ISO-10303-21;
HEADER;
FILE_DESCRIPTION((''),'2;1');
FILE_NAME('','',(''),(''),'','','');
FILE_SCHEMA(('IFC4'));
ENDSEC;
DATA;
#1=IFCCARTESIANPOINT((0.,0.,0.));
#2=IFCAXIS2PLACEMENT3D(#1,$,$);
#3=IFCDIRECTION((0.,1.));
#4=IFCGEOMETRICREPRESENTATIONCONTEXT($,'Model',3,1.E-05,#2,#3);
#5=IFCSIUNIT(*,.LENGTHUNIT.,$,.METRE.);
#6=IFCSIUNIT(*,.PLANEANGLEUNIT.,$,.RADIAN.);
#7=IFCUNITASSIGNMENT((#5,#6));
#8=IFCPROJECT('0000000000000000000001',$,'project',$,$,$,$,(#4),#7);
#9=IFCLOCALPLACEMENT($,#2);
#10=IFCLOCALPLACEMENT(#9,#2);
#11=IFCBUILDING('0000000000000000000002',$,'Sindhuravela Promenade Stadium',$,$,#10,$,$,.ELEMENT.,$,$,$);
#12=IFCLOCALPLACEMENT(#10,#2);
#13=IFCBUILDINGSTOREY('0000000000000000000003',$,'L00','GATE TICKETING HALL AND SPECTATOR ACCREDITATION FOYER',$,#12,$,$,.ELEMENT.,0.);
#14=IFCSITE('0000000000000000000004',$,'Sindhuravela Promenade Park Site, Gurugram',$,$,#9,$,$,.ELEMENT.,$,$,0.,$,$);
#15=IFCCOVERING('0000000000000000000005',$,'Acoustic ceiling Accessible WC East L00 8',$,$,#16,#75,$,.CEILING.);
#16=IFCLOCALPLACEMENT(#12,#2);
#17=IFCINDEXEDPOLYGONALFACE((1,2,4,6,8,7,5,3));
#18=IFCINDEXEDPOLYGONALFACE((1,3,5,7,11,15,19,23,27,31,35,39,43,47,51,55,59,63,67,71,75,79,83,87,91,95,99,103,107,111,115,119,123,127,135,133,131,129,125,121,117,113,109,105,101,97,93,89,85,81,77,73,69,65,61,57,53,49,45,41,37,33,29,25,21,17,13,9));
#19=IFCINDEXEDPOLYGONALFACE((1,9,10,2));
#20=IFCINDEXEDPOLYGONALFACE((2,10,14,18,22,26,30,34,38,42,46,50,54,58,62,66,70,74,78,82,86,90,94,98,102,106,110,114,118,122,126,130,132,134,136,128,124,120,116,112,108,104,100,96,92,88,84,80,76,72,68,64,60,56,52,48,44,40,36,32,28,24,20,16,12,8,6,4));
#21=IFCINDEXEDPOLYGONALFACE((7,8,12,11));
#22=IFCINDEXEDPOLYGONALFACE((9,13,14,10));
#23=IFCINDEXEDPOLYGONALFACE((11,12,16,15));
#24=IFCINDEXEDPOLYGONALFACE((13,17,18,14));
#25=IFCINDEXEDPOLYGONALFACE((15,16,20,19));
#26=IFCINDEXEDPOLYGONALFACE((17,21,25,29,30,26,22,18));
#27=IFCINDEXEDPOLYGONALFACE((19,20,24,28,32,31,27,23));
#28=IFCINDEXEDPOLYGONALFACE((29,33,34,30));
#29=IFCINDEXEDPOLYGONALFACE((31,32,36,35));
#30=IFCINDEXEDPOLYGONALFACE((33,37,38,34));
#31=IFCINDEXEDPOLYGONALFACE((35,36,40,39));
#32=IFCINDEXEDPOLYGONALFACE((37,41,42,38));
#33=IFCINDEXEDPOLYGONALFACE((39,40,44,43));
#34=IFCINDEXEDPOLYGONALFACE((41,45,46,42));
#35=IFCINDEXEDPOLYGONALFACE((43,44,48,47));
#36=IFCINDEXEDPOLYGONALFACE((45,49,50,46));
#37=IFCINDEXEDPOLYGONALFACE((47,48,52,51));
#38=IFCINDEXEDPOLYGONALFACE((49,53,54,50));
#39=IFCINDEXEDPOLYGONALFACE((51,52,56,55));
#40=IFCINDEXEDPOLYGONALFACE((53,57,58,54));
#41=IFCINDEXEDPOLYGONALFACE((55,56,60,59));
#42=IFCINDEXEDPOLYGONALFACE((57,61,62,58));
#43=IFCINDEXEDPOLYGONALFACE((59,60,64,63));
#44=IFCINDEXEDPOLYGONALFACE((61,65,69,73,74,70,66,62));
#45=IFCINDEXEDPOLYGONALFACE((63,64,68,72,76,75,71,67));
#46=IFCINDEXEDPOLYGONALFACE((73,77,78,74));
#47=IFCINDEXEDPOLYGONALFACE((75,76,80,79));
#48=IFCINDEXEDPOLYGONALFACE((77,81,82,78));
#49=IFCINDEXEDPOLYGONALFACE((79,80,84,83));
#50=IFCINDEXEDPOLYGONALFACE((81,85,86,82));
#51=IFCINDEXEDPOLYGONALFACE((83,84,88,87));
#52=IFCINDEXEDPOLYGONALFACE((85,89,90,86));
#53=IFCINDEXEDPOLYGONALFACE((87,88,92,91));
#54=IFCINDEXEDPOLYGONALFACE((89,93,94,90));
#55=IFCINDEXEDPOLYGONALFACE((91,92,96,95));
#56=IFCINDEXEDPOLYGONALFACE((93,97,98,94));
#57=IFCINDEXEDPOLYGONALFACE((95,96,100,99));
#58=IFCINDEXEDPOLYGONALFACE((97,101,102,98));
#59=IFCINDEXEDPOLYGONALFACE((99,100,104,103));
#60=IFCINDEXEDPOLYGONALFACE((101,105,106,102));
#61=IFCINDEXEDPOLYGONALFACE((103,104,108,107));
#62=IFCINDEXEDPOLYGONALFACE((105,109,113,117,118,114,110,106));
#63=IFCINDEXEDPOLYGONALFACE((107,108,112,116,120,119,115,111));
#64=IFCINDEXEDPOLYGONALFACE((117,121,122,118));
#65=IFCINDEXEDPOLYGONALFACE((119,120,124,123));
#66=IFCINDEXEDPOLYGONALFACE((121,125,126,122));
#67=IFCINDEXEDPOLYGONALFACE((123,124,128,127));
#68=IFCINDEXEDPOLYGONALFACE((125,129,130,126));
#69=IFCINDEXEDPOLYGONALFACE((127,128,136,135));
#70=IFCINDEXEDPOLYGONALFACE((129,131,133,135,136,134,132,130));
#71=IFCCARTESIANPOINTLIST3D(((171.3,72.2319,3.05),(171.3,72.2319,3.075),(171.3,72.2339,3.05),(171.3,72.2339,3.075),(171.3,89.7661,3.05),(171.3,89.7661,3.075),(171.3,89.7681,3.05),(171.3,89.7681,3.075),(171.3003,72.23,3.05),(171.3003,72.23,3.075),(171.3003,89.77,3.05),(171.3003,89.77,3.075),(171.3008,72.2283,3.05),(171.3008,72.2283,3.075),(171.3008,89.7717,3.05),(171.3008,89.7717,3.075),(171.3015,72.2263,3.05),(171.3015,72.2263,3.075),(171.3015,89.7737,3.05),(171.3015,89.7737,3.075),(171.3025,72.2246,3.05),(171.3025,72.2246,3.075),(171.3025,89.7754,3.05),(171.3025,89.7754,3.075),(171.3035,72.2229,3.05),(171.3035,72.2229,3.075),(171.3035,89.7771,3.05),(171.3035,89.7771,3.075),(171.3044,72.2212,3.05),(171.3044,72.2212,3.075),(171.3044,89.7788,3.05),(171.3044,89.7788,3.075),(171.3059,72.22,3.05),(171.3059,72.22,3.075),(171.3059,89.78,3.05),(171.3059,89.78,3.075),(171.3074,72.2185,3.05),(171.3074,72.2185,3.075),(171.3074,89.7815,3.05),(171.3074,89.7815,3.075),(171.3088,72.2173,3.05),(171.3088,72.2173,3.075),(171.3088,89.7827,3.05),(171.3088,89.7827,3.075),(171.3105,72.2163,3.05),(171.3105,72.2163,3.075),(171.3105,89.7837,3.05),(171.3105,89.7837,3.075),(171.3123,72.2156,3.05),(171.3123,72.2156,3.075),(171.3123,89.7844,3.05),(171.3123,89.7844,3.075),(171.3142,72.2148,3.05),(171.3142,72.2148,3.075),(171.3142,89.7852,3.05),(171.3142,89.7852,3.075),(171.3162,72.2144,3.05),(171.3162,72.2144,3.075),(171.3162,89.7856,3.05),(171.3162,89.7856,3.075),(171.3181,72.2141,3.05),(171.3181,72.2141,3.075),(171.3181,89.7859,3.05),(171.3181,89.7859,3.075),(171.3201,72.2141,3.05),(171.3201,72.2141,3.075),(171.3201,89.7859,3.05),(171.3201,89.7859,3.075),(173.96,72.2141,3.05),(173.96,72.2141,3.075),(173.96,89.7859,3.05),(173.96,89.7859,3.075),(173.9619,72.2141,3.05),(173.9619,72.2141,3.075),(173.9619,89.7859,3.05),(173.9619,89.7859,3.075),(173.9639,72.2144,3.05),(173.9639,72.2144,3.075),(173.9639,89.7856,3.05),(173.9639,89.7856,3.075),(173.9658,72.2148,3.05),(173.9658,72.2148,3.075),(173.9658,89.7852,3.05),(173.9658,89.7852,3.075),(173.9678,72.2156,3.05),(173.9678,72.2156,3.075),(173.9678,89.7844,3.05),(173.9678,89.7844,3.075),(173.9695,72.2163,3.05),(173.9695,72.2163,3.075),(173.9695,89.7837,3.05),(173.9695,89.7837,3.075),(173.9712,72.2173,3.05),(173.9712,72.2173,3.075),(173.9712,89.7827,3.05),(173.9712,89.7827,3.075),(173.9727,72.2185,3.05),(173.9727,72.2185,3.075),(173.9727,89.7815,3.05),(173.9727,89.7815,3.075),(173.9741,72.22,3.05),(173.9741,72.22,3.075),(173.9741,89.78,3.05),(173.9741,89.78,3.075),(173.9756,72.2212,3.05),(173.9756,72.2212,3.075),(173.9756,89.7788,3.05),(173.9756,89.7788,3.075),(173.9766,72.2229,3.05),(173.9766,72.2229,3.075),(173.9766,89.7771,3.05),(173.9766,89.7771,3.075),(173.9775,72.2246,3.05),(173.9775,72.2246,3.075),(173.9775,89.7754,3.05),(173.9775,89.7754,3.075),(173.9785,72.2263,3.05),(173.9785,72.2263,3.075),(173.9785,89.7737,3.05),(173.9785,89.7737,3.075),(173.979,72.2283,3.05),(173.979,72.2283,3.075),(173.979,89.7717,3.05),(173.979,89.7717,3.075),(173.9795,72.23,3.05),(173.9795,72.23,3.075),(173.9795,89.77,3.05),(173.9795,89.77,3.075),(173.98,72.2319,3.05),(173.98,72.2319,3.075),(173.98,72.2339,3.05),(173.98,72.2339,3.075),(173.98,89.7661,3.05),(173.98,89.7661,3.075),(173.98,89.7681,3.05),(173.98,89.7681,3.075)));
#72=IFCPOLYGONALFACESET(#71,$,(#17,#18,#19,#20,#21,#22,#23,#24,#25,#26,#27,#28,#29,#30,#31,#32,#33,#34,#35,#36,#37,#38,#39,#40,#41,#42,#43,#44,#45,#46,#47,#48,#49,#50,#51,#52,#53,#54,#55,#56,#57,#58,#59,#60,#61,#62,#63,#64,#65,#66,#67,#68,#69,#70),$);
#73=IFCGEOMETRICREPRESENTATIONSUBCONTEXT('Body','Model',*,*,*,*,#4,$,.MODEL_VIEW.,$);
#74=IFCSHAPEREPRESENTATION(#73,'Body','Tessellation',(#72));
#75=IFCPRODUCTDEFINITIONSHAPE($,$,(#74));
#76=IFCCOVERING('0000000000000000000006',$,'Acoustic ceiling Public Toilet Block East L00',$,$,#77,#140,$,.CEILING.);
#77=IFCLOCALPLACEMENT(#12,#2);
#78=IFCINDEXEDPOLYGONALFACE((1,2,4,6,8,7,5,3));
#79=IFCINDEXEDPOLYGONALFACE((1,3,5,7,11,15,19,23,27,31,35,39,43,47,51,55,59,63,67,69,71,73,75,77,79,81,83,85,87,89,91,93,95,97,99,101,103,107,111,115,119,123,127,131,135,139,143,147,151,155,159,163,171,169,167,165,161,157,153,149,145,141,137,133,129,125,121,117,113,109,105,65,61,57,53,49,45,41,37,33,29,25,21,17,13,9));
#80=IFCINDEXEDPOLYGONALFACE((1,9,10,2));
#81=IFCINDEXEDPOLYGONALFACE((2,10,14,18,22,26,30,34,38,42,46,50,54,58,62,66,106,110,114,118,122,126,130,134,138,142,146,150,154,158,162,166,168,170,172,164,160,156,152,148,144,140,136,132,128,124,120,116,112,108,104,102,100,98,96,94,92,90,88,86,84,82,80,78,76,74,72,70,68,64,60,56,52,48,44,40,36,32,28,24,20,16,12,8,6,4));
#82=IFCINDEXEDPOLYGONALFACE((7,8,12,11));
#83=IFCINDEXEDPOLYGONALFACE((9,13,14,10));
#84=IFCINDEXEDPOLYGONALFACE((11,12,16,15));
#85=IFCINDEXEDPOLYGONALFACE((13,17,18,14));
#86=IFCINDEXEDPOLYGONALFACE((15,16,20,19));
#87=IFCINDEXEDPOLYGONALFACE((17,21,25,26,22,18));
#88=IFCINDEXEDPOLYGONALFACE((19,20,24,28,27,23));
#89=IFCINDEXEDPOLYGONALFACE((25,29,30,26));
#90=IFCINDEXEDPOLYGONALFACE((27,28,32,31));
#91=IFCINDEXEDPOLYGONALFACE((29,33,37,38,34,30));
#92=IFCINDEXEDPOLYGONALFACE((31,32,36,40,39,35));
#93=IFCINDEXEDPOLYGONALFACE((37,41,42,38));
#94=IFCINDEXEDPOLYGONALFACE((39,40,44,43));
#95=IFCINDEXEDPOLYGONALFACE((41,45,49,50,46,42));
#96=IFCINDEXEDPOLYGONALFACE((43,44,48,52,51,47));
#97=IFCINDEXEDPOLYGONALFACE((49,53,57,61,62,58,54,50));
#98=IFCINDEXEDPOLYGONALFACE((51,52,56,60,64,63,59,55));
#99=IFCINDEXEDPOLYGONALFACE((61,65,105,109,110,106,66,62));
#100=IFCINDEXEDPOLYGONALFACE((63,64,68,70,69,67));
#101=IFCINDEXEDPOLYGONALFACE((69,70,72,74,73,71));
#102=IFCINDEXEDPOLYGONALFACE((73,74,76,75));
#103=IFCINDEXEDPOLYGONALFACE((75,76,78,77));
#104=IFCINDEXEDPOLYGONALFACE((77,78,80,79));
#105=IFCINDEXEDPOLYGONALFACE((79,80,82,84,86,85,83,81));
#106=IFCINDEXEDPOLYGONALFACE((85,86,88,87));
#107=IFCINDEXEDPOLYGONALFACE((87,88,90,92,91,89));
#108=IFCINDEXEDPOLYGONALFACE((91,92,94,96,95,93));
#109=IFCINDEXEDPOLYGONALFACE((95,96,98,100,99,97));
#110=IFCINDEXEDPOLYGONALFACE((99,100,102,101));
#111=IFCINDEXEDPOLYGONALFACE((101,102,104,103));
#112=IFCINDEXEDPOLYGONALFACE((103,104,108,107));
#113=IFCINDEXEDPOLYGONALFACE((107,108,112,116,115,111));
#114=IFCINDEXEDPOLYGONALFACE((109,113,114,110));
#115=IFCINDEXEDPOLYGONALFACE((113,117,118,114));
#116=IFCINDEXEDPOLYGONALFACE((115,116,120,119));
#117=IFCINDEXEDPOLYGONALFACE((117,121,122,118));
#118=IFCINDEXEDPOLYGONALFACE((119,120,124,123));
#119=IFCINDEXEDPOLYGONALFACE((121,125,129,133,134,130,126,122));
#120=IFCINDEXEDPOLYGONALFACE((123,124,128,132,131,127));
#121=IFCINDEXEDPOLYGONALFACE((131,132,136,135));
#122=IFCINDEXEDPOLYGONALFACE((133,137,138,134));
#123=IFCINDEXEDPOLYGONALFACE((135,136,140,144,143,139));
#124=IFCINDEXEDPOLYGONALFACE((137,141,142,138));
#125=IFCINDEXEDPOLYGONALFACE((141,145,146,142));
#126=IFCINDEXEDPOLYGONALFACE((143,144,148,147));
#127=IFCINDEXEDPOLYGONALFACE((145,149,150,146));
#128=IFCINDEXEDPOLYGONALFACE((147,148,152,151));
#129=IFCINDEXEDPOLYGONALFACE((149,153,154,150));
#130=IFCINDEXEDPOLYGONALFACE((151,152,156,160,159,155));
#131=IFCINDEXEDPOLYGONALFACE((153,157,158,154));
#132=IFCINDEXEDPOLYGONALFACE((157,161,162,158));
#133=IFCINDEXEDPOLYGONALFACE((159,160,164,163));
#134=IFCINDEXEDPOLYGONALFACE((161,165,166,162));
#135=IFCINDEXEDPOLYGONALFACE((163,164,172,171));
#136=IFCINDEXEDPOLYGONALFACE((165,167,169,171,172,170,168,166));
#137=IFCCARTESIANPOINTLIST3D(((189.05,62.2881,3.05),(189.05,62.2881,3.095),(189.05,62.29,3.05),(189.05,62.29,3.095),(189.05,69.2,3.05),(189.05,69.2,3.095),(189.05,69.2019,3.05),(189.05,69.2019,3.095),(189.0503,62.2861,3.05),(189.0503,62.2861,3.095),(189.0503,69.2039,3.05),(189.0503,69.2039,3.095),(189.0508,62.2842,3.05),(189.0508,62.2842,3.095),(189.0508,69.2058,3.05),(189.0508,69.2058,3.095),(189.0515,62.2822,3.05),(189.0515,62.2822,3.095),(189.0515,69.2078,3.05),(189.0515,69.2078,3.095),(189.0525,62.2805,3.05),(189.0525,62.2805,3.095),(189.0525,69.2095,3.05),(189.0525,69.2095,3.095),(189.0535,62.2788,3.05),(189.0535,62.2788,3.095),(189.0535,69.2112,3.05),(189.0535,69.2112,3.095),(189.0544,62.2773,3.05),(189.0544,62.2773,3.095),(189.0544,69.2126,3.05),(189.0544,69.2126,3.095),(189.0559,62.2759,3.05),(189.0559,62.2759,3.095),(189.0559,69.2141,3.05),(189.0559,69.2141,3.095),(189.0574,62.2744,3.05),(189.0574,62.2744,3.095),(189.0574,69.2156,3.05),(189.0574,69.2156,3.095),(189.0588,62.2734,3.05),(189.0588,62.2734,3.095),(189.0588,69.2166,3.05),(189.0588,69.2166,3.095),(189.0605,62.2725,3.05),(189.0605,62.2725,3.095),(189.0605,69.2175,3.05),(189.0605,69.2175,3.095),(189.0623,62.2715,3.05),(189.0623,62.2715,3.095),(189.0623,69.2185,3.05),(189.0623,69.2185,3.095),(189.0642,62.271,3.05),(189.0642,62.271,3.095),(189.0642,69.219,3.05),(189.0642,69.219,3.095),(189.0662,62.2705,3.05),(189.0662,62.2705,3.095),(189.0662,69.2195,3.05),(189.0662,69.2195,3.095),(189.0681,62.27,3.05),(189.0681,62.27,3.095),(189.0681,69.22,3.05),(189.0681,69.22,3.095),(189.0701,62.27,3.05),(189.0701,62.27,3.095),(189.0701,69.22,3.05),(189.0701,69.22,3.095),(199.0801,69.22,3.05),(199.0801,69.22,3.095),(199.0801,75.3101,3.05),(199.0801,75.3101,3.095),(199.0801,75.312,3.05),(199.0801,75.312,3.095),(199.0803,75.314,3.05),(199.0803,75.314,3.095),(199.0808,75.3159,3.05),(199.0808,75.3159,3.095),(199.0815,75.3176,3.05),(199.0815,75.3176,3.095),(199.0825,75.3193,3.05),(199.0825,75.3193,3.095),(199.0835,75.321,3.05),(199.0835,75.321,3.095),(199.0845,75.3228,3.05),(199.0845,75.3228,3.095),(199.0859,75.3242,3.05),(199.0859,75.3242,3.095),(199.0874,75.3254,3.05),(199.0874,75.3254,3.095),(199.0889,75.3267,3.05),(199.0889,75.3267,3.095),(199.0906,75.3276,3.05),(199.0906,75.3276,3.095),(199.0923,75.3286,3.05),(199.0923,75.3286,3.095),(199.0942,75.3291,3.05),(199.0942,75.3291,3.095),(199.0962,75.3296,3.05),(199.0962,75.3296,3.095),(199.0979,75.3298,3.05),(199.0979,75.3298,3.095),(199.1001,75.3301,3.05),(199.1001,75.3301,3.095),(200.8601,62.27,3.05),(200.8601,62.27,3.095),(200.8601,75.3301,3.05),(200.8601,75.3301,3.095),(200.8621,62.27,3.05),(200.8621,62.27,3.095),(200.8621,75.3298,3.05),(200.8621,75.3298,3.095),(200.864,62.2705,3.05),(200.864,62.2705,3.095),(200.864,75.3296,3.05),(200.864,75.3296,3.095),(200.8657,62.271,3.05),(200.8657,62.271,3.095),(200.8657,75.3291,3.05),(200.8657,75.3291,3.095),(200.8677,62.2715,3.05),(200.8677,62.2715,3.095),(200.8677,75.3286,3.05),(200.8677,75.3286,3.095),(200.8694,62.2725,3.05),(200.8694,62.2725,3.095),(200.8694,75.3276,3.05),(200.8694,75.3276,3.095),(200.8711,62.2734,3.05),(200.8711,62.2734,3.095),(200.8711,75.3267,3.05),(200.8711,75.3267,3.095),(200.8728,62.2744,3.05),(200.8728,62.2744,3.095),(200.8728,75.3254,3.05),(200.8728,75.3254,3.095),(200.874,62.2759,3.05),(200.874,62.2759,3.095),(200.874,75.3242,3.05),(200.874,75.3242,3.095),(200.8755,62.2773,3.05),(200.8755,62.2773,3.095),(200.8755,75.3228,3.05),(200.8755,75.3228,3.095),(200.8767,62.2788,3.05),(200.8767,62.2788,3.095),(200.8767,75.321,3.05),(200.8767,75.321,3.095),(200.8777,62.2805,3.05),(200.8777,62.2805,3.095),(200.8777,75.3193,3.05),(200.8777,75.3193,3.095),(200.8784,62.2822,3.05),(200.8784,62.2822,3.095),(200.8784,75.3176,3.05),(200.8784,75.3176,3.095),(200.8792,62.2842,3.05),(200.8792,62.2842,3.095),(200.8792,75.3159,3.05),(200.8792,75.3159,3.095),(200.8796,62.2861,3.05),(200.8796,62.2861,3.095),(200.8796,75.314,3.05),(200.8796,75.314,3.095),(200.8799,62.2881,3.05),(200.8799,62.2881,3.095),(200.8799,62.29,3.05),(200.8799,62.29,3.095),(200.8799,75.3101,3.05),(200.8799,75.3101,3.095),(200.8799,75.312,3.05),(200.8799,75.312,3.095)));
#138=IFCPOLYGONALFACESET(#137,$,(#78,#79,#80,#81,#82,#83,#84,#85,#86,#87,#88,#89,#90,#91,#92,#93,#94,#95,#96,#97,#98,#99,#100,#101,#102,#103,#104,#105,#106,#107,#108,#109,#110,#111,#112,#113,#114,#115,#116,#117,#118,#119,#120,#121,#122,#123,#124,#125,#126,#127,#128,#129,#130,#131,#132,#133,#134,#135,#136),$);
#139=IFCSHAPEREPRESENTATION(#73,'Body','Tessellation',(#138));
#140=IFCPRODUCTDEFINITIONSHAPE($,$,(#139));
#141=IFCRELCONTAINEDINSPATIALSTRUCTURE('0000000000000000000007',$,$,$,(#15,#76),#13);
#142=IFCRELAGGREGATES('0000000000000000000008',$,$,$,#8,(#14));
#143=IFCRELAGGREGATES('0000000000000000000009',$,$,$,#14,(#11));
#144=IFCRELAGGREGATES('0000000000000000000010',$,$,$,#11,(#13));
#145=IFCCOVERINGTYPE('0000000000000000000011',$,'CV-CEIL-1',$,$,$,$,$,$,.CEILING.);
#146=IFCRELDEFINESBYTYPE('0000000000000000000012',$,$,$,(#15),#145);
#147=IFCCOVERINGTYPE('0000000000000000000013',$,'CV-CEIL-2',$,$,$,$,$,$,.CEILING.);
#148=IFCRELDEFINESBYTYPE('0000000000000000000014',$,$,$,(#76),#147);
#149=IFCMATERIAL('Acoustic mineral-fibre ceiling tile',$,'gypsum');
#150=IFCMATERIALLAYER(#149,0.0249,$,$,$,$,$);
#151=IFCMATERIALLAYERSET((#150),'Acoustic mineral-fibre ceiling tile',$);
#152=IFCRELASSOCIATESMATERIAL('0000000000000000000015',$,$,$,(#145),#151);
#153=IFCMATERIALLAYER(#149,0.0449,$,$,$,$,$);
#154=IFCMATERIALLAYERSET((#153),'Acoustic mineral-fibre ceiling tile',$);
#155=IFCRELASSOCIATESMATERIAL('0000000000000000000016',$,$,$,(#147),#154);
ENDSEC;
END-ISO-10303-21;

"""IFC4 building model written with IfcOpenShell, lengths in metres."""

from ifc_helpers import new_model, si_unit, direction, frame, origin, place, context, subcontext, project, spatial, polyline, outline, extrude, material, layer, layer_set, type_object, element, save


model = new_model("IFC4")

# Units and contexts
model_context = context("Model", 3, precision=1e-05, world=origin(), true_north=direction((0.0, 1.0)))
body_context = subcontext(model_context, "Body", "Model", "MODEL_VIEW")
ifc_project = project(units=[si_unit("LENGTHUNIT", "METRE"), si_unit("PLANEANGLEUNIT", "RADIAN")], contexts=[model_context])

# Site, building, storey
site_placement = place(None, origin())
site = spatial("IfcSite", under=ifc_project, at=site_placement, Name="Sindhuravela Promenade Park Site, Gurugram", CompositionType="ELEMENT", RefElevation=0.0)
building_placement = place(site_placement, origin())
building = spatial("IfcBuilding", under=site, at=building_placement, Name="Sindhuravela Promenade Stadium", CompositionType="ELEMENT")
storey_placement = place(building_placement, origin())
storey = spatial("IfcBuildingStorey", under=building, at=storey_placement, Name="L00", Description="GATE TICKETING HALL AND SPECTATOR ACCREDITATION FOYER", CompositionType="ELEMENT", Elevation=0.0)

# Coverings
ifc_material_1 = material(Name="Acoustic mineral-fibre ceiling tile", Category="gypsum")
ifc_layer_1 = layer(ifc_material_1, 0.0249)
ifc_layer_set_1 = layer_set([ifc_layer_1], Name="Acoustic mineral-fibre ceiling tile")
covering_type_1 = type_object("IfcCoveringType", Name="CV-CEIL-1", PredefinedType="CEILING", material=ifc_layer_set_1)
covering_1_placement = place(storey_placement, frame((0.0, 0.0, 3.05)))
element("IfcCovering", 1, at=covering_1_placement, inside=storey, type_object=covering_type_1, Name="Acoustic ceiling Accessible WC East L00 8", PredefinedType="CEILING", context=body_context, shape_type="SweptSolid", body=[
    extrude(outline(polyline([(173.98, 72.2339), (173.98, 72.2319), (173.9795, 72.23), (173.979, 72.2283), (173.9785, 72.2263), (173.9775, 72.2246), (173.9766, 72.2229), (173.9756, 72.2212), (173.9741, 72.22), (173.9727, 72.2185), (173.9712, 72.2173), (173.9695, 72.2163), (173.9678, 72.2156), (173.9658, 72.2148), (173.9639, 72.2144), (173.9619, 72.2141), (173.96, 72.2141), (171.3201, 72.2141), (171.3181, 72.2141), (171.3162, 72.2144), (171.3142, 72.2148), (171.3123, 72.2156), (171.3105, 72.2163), (171.3088, 72.2173), (171.3074, 72.2185), (171.3059, 72.22), (171.3044, 72.2212), (171.3035, 72.2229), (171.3025, 72.2246), (171.3015, 72.2263), (171.3008, 72.2283), (171.3003, 72.23), (171.3, 72.2319), (171.3, 72.2339), (171.3, 89.7661), (171.3, 89.7681), (171.3003, 89.77), (171.3008, 89.7717), (171.3015, 89.7737), (171.3025, 89.7754), (171.3035, 89.7771), (171.3044, 89.7788), (171.3059, 89.78), (171.3074, 89.7815), (171.3088, 89.7827), (171.3105, 89.7837), (171.3123, 89.7844), (171.3142, 89.7852), (171.3162, 89.7856), (171.3181, 89.7859), (171.3201, 89.7859), (173.96, 89.7859), (173.9619, 89.7859), (173.9639, 89.7856), (173.9658, 89.7852), (173.9678, 89.7844), (173.9695, 89.7837), (173.9712, 89.7827), (173.9727, 89.7815), (173.9741, 89.78), (173.9756, 89.7788), (173.9766, 89.7771), (173.9775, 89.7754), (173.9785, 89.7737), (173.979, 89.7717), (173.9795, 89.77), (173.98, 89.7681), (173.98, 89.7661), (173.98, 72.2339)])), origin(), (0.0, 0.0, 1.0), 0.0249),
])
ifc_layer_2 = layer(ifc_material_1, 0.0449)
ifc_layer_set_2 = layer_set([ifc_layer_2], Name="Acoustic mineral-fibre ceiling tile")
covering_type_2 = type_object("IfcCoveringType", Name="CV-CEIL-2", PredefinedType="CEILING", material=ifc_layer_set_2)
covering_2_placement = place(storey_placement, frame((0.0, 0.0, 3.05)))
element("IfcCovering", 2, at=covering_2_placement, inside=storey, type_object=covering_type_2, Name="Acoustic ceiling Public Toilet Block East L00", PredefinedType="CEILING", context=body_context, shape_type="SweptSolid", body=[
    extrude(outline(polyline([(199.0801, 75.3101), (199.0801, 75.312), (199.0803, 75.314), (199.0808, 75.3159), (199.0815, 75.3176), (199.0825, 75.3193), (199.0835, 75.321), (199.0845, 75.3228), (199.0859, 75.3242), (199.0874, 75.3254), (199.0889, 75.3267), (199.0906, 75.3276), (199.0923, 75.3286), (199.0942, 75.3291), (199.0962, 75.3296), (199.0979, 75.3298), (199.1001, 75.3301), (200.8601, 75.3301), (200.8621, 75.3298), (200.864, 75.3296), (200.8657, 75.3291), (200.8677, 75.3286), (200.8694, 75.3276), (200.8711, 75.3267), (200.8728, 75.3254), (200.874, 75.3242), (200.8755, 75.3228), (200.8767, 75.321), (200.8777, 75.3193), (200.8784, 75.3176), (200.8792, 75.3159), (200.8796, 75.314), (200.8799, 75.312), (200.8799, 75.3101), (200.8799, 62.29), (200.8799, 62.2881), (200.8796, 62.2861), (200.8792, 62.2842), (200.8784, 62.2822), (200.8777, 62.2805), (200.8767, 62.2788), (200.8755, 62.2773), (200.874, 62.2759), (200.8728, 62.2744), (200.8711, 62.2734), (200.8694, 62.2725), (200.8677, 62.2715), (200.8657, 62.271), (200.864, 62.2705), (200.8621, 62.27), (200.8601, 62.27), (189.0701, 62.27), (189.0681, 62.27), (189.0662, 62.2705), (189.0642, 62.271), (189.0623, 62.2715), (189.0605, 62.2725), (189.0588, 62.2734), (189.0574, 62.2744), (189.0559, 62.2759), (189.0544, 62.2773), (189.0535, 62.2788), (189.0525, 62.2805), (189.0515, 62.2822), (189.0508, 62.2842), (189.0503, 62.2861), (189.05, 62.2881), (189.05, 62.29), (189.05, 69.2), (189.05, 69.2019), (189.0503, 69.2039), (189.0508, 69.2058), (189.0515, 69.2078), (189.0525, 69.2095), (189.0535, 69.2112), (189.0544, 69.2126), (189.0559, 69.2141), (189.0574, 69.2156), (189.0588, 69.2166), (189.0605, 69.2175), (189.0623, 69.2185), (189.0642, 69.219), (189.0662, 69.2195), (189.0681, 69.22), (189.0701, 69.22), (199.0801, 69.22), (199.0801, 75.3101)])), origin(), (0.0, 0.0, 1.0), 0.0449),
])

save(model, "model.ifc")
